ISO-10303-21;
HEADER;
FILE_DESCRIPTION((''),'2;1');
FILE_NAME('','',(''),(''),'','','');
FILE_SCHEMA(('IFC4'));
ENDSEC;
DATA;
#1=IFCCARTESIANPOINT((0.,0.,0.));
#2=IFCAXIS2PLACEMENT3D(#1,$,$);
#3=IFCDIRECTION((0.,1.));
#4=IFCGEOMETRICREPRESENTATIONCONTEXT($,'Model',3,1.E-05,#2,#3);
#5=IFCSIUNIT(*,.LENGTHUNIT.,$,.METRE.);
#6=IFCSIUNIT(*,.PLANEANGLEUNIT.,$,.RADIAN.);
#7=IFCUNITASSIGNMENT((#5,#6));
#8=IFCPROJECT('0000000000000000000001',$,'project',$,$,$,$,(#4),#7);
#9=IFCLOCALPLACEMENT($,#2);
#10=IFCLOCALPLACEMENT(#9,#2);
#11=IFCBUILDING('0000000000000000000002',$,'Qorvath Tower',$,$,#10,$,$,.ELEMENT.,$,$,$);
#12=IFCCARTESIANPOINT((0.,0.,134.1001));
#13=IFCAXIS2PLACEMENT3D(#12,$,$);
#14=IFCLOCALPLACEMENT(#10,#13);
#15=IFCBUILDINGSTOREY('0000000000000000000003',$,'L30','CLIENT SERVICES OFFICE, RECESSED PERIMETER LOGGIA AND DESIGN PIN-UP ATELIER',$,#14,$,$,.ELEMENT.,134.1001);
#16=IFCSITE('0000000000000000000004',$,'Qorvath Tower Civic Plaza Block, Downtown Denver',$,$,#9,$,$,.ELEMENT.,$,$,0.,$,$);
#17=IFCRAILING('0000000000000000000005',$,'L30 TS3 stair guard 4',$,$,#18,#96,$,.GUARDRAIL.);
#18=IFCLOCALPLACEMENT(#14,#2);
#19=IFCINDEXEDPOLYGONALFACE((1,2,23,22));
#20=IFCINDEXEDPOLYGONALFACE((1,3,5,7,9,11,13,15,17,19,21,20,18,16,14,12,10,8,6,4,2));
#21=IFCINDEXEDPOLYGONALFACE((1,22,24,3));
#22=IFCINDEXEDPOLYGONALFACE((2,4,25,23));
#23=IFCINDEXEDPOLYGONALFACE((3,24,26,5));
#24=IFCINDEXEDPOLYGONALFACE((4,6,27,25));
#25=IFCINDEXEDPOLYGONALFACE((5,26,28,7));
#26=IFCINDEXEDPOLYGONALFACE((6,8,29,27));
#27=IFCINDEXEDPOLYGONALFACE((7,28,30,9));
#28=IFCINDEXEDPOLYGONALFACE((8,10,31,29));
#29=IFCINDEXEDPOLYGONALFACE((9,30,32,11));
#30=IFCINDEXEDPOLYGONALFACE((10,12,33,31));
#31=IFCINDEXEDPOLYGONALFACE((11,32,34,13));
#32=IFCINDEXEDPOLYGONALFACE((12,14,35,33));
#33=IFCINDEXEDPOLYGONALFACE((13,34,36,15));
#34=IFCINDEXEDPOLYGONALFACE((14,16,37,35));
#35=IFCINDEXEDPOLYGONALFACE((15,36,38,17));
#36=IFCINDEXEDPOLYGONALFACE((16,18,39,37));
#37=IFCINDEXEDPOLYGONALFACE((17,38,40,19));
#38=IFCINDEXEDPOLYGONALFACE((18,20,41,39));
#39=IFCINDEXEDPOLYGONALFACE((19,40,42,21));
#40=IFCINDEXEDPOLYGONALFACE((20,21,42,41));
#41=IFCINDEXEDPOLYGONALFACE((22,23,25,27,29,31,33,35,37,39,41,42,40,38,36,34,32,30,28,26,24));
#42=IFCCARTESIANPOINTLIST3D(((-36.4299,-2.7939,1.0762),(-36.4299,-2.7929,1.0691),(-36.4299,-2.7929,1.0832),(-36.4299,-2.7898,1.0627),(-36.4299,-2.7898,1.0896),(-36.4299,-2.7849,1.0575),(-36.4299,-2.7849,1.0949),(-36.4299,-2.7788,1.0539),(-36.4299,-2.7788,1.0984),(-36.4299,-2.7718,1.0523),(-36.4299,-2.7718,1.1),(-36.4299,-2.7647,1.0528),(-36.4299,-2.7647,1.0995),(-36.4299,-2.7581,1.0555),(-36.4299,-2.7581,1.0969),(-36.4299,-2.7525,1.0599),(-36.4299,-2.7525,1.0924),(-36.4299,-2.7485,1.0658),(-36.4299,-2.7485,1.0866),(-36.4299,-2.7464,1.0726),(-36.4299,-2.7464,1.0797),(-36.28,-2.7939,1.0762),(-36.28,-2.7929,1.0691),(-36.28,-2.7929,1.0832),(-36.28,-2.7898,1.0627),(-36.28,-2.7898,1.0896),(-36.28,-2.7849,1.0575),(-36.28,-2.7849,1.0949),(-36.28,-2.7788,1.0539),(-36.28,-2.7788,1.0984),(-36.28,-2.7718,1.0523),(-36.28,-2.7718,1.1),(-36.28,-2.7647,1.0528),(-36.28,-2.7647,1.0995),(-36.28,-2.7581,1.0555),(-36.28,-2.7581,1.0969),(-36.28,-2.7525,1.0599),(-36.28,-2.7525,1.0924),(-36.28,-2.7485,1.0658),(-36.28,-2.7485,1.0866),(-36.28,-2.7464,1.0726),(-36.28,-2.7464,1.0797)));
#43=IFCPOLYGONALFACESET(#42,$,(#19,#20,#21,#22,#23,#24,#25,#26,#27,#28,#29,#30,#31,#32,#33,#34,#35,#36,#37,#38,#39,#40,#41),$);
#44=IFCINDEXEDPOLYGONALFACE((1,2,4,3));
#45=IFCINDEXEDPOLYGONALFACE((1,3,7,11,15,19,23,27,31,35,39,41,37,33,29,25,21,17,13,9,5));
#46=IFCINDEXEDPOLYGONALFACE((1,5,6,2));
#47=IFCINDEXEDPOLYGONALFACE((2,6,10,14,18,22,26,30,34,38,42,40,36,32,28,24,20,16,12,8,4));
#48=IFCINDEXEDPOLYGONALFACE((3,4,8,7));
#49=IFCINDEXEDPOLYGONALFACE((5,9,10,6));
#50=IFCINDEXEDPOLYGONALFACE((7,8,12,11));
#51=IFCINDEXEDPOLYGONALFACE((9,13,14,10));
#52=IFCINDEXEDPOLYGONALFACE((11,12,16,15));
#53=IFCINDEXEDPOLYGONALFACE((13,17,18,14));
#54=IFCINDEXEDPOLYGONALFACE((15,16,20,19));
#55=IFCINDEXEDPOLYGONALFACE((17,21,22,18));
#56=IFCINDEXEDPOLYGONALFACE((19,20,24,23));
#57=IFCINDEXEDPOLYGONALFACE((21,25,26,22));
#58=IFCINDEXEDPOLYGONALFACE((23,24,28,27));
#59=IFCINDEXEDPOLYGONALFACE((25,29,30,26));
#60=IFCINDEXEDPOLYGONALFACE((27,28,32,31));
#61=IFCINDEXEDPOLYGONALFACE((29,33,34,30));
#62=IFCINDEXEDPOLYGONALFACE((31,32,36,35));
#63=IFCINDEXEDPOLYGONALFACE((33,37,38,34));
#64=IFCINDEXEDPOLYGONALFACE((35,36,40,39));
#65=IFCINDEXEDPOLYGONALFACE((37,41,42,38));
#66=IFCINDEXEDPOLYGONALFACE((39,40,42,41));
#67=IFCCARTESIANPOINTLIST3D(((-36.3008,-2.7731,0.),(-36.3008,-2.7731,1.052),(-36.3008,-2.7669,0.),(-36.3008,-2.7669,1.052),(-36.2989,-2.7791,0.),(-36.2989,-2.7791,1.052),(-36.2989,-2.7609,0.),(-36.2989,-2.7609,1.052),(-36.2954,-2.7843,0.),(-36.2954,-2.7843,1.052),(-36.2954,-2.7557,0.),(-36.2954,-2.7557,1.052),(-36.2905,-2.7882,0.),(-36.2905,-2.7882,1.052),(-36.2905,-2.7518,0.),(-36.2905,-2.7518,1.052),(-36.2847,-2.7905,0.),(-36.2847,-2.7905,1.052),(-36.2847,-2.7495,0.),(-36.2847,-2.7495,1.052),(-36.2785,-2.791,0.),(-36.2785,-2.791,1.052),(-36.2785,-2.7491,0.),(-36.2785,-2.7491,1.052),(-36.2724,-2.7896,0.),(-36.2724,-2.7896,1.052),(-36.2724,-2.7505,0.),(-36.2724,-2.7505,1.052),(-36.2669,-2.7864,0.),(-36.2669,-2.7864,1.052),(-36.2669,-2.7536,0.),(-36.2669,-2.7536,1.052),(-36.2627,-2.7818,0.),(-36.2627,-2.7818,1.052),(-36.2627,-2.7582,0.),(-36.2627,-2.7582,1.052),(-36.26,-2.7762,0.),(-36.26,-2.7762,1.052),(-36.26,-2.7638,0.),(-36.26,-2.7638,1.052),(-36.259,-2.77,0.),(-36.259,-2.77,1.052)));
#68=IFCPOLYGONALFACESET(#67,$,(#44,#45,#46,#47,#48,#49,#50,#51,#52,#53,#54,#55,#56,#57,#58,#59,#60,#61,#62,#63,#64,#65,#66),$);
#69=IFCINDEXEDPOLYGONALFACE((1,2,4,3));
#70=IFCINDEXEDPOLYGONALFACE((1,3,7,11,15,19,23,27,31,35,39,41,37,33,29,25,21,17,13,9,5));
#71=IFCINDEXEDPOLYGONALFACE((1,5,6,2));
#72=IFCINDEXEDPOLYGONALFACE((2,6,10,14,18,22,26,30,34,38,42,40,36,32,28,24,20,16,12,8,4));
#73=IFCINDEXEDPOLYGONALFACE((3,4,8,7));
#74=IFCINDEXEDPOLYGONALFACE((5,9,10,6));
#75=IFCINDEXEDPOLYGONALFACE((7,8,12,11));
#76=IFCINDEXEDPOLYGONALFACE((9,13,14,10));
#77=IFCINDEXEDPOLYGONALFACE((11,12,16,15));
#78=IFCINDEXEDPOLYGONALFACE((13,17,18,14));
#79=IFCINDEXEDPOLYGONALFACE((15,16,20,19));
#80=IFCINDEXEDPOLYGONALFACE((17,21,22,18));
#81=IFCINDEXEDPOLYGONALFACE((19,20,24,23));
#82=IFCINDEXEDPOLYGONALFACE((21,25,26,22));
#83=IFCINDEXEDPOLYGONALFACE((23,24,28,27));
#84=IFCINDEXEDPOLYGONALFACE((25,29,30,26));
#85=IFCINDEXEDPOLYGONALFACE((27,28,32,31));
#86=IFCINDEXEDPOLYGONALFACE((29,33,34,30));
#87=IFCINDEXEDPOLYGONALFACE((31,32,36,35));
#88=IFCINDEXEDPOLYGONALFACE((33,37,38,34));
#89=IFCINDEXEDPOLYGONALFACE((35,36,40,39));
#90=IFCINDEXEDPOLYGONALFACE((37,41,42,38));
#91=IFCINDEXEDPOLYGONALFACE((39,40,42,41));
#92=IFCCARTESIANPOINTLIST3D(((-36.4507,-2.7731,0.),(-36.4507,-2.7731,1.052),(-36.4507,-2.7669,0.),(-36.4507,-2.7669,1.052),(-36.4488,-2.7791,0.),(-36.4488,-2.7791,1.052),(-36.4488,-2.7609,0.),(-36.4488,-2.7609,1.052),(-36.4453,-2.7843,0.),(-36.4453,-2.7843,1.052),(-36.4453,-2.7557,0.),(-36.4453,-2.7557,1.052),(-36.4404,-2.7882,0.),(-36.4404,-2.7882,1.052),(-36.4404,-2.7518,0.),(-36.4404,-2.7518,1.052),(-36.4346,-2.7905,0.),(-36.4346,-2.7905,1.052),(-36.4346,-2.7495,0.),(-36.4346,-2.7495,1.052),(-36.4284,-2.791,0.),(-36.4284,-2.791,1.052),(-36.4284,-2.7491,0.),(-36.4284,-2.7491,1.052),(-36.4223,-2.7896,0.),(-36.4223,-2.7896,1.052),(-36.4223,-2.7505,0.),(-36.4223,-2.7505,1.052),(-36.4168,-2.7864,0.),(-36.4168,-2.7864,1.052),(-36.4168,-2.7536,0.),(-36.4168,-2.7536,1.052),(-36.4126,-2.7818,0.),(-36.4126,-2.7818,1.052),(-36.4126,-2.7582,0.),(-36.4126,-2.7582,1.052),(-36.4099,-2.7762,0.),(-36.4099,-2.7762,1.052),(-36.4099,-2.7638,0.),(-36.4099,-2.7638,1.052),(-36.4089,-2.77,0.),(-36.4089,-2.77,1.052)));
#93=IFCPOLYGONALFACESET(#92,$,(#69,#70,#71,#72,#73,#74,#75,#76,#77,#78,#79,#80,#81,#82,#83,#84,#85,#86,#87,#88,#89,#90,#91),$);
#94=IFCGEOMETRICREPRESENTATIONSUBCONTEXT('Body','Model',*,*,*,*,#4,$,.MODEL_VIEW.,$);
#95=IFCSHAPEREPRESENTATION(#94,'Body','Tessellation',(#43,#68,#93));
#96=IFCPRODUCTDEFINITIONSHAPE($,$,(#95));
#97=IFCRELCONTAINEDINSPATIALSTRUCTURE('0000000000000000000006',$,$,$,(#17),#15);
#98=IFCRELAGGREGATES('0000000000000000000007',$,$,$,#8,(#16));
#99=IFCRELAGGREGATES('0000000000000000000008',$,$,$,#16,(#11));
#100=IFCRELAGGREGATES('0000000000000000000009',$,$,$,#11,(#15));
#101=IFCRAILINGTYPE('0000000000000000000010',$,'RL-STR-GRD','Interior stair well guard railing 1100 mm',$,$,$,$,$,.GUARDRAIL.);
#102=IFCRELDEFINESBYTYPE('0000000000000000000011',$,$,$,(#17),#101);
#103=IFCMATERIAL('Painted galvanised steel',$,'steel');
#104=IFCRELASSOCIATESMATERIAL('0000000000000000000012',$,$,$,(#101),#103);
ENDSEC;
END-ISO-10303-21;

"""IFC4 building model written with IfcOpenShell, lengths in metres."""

from ifc_helpers import new_model, si_unit, direction, frame, origin, origin_2d, place, context, subcontext, project, spatial, circle, extrude, material, type_object, element, save


model = new_model("IFC4")

# Units and contexts
model_context = context("Model", 3, precision=1e-05, world=origin(), true_north=direction((0.0, 1.0)))
body_context = subcontext(model_context, "Body", "Model", "MODEL_VIEW")
ifc_project = project(units=[si_unit("LENGTHUNIT", "METRE"), si_unit("PLANEANGLEUNIT", "RADIAN")], contexts=[model_context])

# Site, building, storey
site_placement = place(None, origin())
site = spatial("IfcSite", under=ifc_project, at=site_placement, Name="Qorvath Tower Civic Plaza Block, Downtown Denver", CompositionType="ELEMENT", RefElevation=0.0)
building_placement = place(site_placement, origin())
building = spatial("IfcBuilding", under=site, at=building_placement, Name="Qorvath Tower", CompositionType="ELEMENT")
storey_placement = place(building_placement, frame((0.0, 0.0, 134.1001)))
storey = spatial("IfcBuildingStorey", under=building, at=storey_placement, Name="L30", Description="CLIENT SERVICES OFFICE, RECESSED PERIMETER LOGGIA AND DESIGN PIN-UP ATELIER", CompositionType="ELEMENT", Elevation=134.1001)

# Railing
ifc_material_1 = material(Name="Painted galvanised steel", Category="steel")
railing_type_1 = type_object("IfcRailingType", Name="RL-STR-GRD", Description="Interior stair well guard railing 1100 mm", PredefinedType="GUARDRAIL", material=ifc_material_1)
railing_1_placement = place(storey_placement, frame((-36.28, -2.77, 0.0)))
element("IfcRailing", 1, at=railing_1_placement, inside=storey, type_object=railing_type_1, Name="L30 TS3 stair guard 4", PredefinedType="GUARDRAIL", context=body_context, shape_type="SweptSolid", body=[
    extrude(circle(Radius=0.0239, at=origin_2d()), frame((0.0, 0.0, 1.0762), z_axis=(-1.0, 0.0, 0.0), x_axis=(0.0, -1.0, 0.0)), (0.0, 0.0, 1.0), 0.1499),
    extrude(circle(Radius=0.021, at=origin_2d()), origin(), (0.0, 0.0, 1.0), 1.052),
    extrude(circle(Radius=0.021, at=origin_2d()), frame((-0.1499, 0.0, 0.0)), (0.0, 0.0, 1.0), 1.052),
])

save(model, "model.ifc")
